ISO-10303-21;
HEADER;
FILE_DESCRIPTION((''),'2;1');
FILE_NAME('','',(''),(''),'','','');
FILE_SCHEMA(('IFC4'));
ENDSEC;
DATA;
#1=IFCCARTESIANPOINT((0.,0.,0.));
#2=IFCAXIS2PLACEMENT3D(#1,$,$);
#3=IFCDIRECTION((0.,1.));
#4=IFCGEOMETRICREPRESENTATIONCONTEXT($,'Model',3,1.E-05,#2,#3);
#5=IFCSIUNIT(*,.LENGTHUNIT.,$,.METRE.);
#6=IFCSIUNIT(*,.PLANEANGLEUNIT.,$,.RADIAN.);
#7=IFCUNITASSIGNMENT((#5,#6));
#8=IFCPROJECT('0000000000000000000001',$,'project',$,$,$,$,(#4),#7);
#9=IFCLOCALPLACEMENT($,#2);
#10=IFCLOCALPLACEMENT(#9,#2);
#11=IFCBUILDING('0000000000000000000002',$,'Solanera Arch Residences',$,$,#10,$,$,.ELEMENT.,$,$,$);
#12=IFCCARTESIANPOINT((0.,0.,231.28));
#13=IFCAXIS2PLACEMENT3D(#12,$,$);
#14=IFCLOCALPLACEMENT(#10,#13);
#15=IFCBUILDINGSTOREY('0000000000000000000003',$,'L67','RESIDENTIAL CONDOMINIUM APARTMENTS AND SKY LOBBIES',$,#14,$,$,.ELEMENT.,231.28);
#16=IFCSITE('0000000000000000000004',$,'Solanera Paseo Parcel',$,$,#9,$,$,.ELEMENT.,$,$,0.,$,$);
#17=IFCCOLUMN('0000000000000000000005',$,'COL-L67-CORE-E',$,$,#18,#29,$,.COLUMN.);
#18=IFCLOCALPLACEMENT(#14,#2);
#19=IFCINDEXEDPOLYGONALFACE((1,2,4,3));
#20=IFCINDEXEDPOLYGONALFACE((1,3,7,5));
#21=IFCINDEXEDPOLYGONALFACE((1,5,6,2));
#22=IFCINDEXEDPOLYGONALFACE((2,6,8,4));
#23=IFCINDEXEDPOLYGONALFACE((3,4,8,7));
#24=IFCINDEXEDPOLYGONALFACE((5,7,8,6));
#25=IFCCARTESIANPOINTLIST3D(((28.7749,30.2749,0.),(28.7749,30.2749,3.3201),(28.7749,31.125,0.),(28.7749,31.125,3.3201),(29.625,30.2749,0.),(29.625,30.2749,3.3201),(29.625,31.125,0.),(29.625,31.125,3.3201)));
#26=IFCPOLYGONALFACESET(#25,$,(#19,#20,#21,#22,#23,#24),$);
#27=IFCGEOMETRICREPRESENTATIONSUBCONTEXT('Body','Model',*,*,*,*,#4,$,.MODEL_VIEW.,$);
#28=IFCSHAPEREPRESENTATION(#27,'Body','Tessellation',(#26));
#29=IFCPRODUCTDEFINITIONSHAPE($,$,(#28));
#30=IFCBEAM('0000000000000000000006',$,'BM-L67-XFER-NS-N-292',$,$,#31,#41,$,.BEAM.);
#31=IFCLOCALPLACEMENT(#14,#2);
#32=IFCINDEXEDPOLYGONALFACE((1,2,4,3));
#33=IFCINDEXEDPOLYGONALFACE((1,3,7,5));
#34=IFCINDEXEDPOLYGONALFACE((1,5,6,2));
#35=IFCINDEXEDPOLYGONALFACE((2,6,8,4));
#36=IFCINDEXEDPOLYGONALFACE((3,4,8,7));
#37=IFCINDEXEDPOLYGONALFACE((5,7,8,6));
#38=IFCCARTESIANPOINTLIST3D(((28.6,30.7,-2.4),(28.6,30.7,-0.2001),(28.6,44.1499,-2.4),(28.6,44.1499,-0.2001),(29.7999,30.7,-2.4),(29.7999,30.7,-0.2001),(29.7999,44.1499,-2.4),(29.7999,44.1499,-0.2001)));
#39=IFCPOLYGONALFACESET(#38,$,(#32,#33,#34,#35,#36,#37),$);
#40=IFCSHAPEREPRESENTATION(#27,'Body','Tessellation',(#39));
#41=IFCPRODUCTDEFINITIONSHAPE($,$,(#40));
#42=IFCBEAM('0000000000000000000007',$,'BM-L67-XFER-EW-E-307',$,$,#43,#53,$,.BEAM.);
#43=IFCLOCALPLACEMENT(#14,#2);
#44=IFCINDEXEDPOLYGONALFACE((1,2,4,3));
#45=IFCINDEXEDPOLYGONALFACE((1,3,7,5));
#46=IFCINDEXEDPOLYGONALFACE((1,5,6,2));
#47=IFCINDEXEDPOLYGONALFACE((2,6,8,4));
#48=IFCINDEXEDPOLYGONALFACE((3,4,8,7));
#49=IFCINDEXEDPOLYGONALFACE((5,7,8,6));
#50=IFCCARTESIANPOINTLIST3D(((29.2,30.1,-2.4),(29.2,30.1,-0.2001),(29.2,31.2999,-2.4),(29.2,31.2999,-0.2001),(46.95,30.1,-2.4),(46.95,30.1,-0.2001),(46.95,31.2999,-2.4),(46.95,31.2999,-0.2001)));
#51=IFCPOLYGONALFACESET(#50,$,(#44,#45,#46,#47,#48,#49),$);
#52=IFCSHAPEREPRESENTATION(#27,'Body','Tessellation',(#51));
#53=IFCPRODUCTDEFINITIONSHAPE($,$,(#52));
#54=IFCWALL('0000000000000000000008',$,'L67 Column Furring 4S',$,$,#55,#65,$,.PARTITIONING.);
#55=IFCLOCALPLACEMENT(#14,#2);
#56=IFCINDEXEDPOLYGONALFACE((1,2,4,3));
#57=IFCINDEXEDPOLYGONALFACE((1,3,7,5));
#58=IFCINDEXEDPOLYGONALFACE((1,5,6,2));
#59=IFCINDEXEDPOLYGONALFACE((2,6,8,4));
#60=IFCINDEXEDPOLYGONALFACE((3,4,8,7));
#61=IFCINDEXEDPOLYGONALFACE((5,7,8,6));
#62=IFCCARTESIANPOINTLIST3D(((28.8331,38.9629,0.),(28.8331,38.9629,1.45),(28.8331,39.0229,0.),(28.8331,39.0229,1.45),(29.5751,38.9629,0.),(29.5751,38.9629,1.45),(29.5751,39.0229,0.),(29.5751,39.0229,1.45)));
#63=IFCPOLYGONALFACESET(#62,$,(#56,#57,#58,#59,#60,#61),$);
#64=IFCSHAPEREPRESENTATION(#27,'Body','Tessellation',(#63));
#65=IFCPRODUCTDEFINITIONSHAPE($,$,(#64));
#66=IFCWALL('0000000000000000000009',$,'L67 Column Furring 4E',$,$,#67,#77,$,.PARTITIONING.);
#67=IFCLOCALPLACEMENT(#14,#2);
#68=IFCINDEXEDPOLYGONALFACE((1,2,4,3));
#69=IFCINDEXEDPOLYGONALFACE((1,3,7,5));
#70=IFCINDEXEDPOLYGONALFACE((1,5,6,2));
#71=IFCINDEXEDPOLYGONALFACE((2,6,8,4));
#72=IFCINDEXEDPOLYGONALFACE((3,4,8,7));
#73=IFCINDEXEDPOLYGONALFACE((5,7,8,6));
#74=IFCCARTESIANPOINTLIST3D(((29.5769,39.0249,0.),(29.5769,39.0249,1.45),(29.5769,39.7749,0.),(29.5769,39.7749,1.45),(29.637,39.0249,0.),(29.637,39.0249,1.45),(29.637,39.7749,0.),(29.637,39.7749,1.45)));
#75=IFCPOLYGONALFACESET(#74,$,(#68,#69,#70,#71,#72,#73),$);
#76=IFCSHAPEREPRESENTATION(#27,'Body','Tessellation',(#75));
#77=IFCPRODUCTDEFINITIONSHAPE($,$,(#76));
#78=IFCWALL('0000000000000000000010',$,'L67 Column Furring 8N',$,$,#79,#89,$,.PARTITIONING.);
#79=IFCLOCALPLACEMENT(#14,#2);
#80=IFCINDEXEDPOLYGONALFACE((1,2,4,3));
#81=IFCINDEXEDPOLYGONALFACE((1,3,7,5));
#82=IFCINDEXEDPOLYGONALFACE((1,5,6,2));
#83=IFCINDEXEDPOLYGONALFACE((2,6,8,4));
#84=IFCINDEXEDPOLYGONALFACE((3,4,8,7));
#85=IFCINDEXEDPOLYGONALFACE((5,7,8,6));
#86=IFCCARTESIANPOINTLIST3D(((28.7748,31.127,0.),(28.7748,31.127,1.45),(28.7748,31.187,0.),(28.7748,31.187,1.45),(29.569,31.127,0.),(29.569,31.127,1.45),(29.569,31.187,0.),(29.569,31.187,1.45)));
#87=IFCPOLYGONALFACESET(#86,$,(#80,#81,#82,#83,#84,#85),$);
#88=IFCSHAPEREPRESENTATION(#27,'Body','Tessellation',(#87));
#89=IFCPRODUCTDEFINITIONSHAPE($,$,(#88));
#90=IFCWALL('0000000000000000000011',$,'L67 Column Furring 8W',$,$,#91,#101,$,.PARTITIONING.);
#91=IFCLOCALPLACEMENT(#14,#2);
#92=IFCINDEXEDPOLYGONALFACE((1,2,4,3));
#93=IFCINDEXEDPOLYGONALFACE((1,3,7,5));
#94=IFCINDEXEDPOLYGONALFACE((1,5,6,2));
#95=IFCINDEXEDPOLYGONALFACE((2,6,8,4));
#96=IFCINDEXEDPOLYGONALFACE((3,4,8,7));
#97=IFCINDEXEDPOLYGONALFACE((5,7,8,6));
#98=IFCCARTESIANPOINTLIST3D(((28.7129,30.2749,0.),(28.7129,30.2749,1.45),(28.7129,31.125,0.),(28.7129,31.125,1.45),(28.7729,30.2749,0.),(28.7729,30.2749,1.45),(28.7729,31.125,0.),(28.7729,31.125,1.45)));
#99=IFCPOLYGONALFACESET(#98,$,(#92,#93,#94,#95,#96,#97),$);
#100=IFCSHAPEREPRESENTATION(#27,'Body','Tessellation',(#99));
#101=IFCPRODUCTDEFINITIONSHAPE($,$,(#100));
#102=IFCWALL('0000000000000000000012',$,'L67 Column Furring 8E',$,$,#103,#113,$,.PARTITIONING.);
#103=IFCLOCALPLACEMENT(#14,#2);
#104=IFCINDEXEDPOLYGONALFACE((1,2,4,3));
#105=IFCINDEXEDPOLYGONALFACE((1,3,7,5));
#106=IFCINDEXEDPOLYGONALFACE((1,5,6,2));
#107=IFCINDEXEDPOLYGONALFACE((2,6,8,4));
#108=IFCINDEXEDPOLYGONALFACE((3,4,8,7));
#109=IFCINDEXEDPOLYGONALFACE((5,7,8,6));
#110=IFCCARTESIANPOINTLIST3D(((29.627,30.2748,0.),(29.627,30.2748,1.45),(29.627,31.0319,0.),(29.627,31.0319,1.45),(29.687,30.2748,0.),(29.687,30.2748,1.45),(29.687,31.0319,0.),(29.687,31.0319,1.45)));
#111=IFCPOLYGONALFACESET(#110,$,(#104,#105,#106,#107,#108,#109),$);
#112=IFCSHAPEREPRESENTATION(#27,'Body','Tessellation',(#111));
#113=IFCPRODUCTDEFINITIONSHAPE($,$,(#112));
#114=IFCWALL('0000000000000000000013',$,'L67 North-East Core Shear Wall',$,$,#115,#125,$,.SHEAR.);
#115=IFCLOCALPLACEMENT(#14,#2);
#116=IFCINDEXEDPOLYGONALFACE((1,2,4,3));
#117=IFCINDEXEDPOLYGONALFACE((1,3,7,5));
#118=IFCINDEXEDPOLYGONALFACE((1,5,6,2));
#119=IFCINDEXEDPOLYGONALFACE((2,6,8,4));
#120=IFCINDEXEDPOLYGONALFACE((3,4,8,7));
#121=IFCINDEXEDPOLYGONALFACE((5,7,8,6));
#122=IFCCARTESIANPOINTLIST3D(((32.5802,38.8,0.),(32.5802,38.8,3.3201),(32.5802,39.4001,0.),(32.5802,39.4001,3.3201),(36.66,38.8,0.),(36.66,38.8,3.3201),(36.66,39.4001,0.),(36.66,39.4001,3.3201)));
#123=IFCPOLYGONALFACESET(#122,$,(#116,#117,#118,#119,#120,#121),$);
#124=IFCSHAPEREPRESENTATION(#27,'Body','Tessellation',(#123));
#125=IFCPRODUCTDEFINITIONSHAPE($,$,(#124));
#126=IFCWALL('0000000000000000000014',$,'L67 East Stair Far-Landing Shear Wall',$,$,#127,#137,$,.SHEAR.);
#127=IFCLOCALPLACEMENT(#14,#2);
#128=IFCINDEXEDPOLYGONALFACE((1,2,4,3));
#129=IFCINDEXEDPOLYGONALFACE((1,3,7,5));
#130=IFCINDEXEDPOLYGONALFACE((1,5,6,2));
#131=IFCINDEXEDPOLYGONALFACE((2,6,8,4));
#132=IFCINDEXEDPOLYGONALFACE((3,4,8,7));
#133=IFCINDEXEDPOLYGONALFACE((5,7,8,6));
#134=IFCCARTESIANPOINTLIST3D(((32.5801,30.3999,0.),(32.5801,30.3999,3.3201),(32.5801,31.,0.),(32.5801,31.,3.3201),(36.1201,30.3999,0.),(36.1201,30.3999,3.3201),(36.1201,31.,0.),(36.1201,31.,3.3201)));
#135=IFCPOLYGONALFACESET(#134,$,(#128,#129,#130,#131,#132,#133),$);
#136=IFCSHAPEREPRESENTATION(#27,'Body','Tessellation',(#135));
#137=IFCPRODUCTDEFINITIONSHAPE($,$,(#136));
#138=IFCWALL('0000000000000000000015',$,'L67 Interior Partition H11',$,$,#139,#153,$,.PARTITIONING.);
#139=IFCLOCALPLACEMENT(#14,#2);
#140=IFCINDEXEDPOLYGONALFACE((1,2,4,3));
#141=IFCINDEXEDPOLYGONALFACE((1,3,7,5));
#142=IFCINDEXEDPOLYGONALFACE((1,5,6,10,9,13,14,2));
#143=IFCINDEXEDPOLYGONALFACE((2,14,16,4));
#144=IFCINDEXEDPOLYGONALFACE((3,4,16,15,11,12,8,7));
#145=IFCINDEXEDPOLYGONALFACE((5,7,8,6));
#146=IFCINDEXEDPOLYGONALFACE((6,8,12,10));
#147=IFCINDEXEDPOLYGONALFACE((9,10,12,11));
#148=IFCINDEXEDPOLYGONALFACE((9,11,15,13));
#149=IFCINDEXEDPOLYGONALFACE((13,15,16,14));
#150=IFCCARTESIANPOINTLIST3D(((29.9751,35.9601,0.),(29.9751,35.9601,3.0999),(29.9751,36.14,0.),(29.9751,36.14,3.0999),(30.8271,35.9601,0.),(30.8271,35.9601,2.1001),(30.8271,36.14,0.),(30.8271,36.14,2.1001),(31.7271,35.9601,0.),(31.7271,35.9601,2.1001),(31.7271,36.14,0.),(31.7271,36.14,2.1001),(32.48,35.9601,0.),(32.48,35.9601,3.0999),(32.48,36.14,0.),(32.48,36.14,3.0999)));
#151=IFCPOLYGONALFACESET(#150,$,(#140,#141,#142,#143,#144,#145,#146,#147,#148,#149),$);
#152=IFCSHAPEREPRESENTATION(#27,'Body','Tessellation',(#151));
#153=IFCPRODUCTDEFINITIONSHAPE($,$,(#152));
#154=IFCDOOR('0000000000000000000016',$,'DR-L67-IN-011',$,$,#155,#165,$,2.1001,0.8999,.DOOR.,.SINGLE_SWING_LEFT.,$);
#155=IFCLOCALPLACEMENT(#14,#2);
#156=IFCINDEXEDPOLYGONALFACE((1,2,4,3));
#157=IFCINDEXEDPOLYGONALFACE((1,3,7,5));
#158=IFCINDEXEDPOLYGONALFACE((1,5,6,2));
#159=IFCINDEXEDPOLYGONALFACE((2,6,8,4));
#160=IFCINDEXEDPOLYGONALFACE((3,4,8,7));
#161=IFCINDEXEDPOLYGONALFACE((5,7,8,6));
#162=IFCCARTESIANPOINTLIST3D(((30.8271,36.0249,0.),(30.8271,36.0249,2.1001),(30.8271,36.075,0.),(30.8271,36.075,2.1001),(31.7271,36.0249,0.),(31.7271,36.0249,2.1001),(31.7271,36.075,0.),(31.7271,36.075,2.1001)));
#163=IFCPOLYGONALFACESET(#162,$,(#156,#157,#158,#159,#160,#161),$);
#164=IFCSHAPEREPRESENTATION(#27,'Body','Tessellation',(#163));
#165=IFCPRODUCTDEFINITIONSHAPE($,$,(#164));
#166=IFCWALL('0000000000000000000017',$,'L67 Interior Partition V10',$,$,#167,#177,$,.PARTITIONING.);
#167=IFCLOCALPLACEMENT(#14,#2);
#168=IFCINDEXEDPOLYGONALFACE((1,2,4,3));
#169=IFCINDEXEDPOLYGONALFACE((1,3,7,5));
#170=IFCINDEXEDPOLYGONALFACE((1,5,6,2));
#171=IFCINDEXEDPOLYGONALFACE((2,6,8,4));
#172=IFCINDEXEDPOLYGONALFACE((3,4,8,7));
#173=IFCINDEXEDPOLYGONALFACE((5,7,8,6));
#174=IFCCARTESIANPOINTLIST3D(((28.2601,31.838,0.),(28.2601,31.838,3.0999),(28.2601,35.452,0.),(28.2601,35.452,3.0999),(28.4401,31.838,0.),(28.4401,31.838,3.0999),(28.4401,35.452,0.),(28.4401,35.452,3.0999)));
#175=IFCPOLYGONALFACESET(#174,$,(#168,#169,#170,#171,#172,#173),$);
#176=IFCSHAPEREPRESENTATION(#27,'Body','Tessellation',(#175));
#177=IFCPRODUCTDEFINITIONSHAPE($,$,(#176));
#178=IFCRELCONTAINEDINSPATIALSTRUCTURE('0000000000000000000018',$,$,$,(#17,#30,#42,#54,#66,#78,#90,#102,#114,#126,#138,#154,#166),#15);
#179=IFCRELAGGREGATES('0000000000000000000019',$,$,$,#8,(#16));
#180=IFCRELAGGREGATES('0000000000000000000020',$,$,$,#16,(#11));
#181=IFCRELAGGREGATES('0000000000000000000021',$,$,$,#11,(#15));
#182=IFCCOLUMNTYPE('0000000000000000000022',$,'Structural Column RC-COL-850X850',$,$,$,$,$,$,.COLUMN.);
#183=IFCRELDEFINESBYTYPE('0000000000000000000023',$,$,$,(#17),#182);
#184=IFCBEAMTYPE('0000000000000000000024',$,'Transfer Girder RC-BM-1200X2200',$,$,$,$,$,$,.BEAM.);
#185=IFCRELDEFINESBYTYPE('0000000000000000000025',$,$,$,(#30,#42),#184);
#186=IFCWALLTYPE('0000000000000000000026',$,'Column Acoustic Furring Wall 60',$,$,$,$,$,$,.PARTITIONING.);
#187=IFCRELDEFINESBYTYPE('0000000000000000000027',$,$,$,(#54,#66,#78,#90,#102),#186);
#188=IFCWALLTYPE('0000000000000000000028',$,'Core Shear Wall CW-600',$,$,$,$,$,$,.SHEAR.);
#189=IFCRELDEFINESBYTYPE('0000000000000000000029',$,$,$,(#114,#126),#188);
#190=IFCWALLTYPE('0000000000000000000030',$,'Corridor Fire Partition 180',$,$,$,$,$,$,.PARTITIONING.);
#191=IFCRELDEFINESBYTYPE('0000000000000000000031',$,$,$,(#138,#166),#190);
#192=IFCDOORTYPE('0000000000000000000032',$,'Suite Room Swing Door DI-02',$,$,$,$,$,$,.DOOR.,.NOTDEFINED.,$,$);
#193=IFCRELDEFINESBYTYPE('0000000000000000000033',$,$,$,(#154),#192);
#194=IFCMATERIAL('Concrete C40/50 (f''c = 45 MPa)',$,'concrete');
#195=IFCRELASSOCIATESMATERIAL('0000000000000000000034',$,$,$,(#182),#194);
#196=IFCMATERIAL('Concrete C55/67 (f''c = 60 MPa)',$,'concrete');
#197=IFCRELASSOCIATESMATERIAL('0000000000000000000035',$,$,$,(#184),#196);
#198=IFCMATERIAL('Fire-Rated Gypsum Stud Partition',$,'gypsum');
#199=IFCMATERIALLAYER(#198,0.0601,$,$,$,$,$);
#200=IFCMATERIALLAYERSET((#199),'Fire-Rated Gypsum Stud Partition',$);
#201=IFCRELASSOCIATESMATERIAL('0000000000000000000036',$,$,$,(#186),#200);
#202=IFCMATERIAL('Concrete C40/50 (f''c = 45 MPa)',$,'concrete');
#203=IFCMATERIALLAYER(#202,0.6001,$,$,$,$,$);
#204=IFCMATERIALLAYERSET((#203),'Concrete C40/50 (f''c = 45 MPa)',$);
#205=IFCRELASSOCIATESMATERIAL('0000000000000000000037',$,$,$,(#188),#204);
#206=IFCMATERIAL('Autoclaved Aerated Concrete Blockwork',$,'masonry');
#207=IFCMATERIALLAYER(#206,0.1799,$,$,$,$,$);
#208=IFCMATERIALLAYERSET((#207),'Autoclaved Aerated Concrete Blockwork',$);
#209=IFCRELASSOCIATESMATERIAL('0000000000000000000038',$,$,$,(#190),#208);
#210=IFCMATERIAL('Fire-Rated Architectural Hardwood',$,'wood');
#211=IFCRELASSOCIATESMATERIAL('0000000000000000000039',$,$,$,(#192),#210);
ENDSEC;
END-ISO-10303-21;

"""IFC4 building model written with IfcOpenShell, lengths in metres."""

from ifc_helpers import new_model, si_unit, direction, frame, frame_2d, origin, origin_2d, place, context, subcontext, project, spatial, rectangle, extrude, material, layer, layer_set, material_profile, profile_set, type_object, element, fill, save


model = new_model("IFC4")

# Units and contexts
model_context = context("Model", 3, precision=1e-05, world=origin(), true_north=direction((0.0, 1.0)))
body_context = subcontext(model_context, "Body", "Model", "MODEL_VIEW")
ifc_project = project(units=[si_unit("LENGTHUNIT", "METRE"), si_unit("PLANEANGLEUNIT", "RADIAN")], contexts=[model_context])

# Site, building, storey
site_placement = place(None, origin())
site = spatial("IfcSite", under=ifc_project, at=site_placement, Name="Solanera Paseo Parcel", CompositionType="ELEMENT", RefElevation=0.0)
building_placement = place(site_placement, origin())
building = spatial("IfcBuilding", under=site, at=building_placement, Name="Solanera Arch Residences", CompositionType="ELEMENT")
storey_placement = place(building_placement, frame((0.0, 0.0, 231.28)))
storey = spatial("IfcBuildingStorey", under=building, at=storey_placement, Name="L67", Description="RESIDENTIAL CONDOMINIUM APARTMENTS AND SKY LOBBIES", CompositionType="ELEMENT", Elevation=231.28)

# Column
ifc_material_1 = material(Name="Concrete C40/50 (f'c = 45 MPa)", Category="concrete")
ifc_material_profile_1 = material_profile(ifc_material_1, rectangle(XDim=0.8501, YDim=0.8501, at=origin_2d()))
ifc_profile_set_1 = profile_set([ifc_material_profile_1], Name="Concrete C40/50 (f'c = 45 MPa)")
column_type = type_object("IfcColumnType", Name="Structural Column RC-COL-850X850", PredefinedType="COLUMN", material=ifc_profile_set_1)
column_placement = place(storey_placement, frame((29.2, 30.7, 0.0), z_axis=(0.0, 0.0, 1.0), x_axis=(1.0, 0.0, 0.0)))
element("IfcColumn", 1, at=column_placement, inside=storey, type_object=column_type, Name="COL-L67-CORE-E", PredefinedType="COLUMN", context=body_context, shape_type="SweptSolid", body=[
    extrude(rectangle(XDim=0.8501, YDim=0.8501, at=origin_2d()), origin(), (0.0, 0.0, 1.0), 3.3201),
])

# Beams
ifc_material_2 = material(Name="Concrete C55/67 (f'c = 60 MPa)", Category="concrete")
ifc_material_profile_2 = material_profile(ifc_material_2, rectangle(XDim=1.2, YDim=2.2, at=origin_2d()))
ifc_profile_set_2 = profile_set([ifc_material_profile_2], Name="Concrete C55/67 (f'c = 60 MPa)")
beam_type = type_object("IfcBeamType", Name="Transfer Girder RC-BM-1200X2200", PredefinedType="BEAM", material=ifc_profile_set_2)
beam_1_placement = place(storey_placement, frame((29.2, 30.7, -1.3), z_axis=(0.0, 1.0, 0.0), x_axis=(-1.0, 0.0, 0.0)))
element("IfcBeam", 2, at=beam_1_placement, inside=storey, type_object=beam_type, Name="BM-L67-XFER-NS-N-292", PredefinedType="BEAM", context=body_context, shape_type="SweptSolid", body=[
    extrude(rectangle(XDim=1.2, YDim=2.2, at=origin_2d()), origin(), (0.0, 0.0, 1.0), 13.45),
])
beam_2_placement = place(storey_placement, frame((29.2, 30.7, -1.3), z_axis=(1.0, 0.0, 0.0), x_axis=(0.0, 1.0, 0.0)))
element("IfcBeam", 3, at=beam_2_placement, inside=storey, type_object=beam_type, Name="BM-L67-XFER-EW-E-307", PredefinedType="BEAM", context=body_context, shape_type="SweptSolid", body=[
    extrude(rectangle(XDim=1.2, YDim=2.2, at=origin_2d()), origin(), (0.0, 0.0, 1.0), 17.75),
])

# Walls
ifc_material_3 = material(Name="Fire-Rated Gypsum Stud Partition", Category="gypsum")
ifc_layer_1 = layer(ifc_material_3, 0.0601)
ifc_layer_set_1 = layer_set([ifc_layer_1], Name="Fire-Rated Gypsum Stud Partition")
wall_type_1 = type_object("IfcWallType", Name="Column Acoustic Furring Wall 60", PredefinedType="PARTITIONING", material=ifc_layer_set_1)
wall_1_placement = place(storey_placement, frame((28.833, 38.9929, 0.0), z_axis=(0.0, 0.0, 1.0), x_axis=(1.0, 0.0, 0.0)))
element("IfcWall", 4, at=wall_1_placement, inside=storey, type_object=wall_type_1, Name="L67 Column Furring 4S", PredefinedType="PARTITIONING", context=body_context, shape_type="SweptSolid", body=[
    extrude(rectangle(XDim=0.7419, YDim=0.0601, at=frame_2d((0.3711, 0.0))), origin(), (0.0, 0.0, 1.0), 1.45),
])
wall_2_placement = place(storey_placement, frame((29.6069, 39.0249, 0.0), z_axis=(0.0, 0.0, 1.0), x_axis=(0.0, 1.0, 0.0)))
element("IfcWall", 5, at=wall_2_placement, inside=storey, type_object=wall_type_1, Name="L67 Column Furring 4E", PredefinedType="PARTITIONING", context=body_context, shape_type="SweptSolid", body=[
    extrude(rectangle(XDim=0.75, YDim=0.0601, at=frame_2d((0.375, 0.0))), origin(), (0.0, 0.0, 1.0), 1.45),
])
wall_3_placement = place(storey_placement, frame((28.7749, 31.157, 0.0), z_axis=(0.0, 0.0, 1.0), x_axis=(1.0, 0.0, 0.0)))
element("IfcWall", 6, at=wall_3_placement, inside=storey, type_object=wall_type_1, Name="L67 Column Furring 8N", PredefinedType="PARTITIONING", context=body_context, shape_type="SweptSolid", body=[
    extrude(rectangle(XDim=0.7942, YDim=0.0601, at=frame_2d((0.397, 0.0))), origin(), (0.0, 0.0, 1.0), 1.45),
])
wall_4_placement = place(storey_placement, frame((28.7429, 30.2749, 0.0), z_axis=(0.0, 0.0, 1.0), x_axis=(0.0, 1.0, 0.0)))
element("IfcWall", 7, at=wall_4_placement, inside=storey, type_object=wall_type_1, Name="L67 Column Furring 8W", PredefinedType="PARTITIONING", context=body_context, shape_type="SweptSolid", body=[
    extrude(rectangle(XDim=0.8501, YDim=0.0601, at=frame_2d((0.425, 0.0))), origin(), (0.0, 0.0, 1.0), 1.45),
])
wall_5_placement = place(storey_placement, frame((29.657, 30.2749, 0.0), z_axis=(0.0, 0.0, 1.0), x_axis=(0.0, 1.0, 0.0)))
element("IfcWall", 8, at=wall_5_placement, inside=storey, type_object=wall_type_1, Name="L67 Column Furring 8E", PredefinedType="PARTITIONING", context=body_context, shape_type="SweptSolid", body=[
    extrude(rectangle(XDim=0.7571, YDim=0.0601, at=frame_2d((0.3784, 0.0))), origin(), (0.0, 0.0, 1.0), 1.45),
])

# Walls
ifc_material_4 = material(Name="Concrete C40/50 (f'c = 45 MPa)", Category="concrete")
ifc_layer_2 = layer(ifc_material_4, 0.6001)
ifc_layer_set_2 = layer_set([ifc_layer_2], Name="Concrete C40/50 (f'c = 45 MPa)")
wall_type_2 = type_object("IfcWallType", Name="Core Shear Wall CW-600", PredefinedType="SHEAR", material=ifc_layer_set_2)
wall_6_placement = place(storey_placement, frame((32.5801, 39.1001, 0.0), z_axis=(0.0, 0.0, 1.0), x_axis=(1.0, 0.0, 0.0)))
element("IfcWall", 9, at=wall_6_placement, inside=storey, type_object=wall_type_2, Name="L67 North-East Core Shear Wall", PredefinedType="SHEAR", context=body_context, shape_type="SweptSolid", body=[
    extrude(rectangle(XDim=4.0798, YDim=0.6001, at=frame_2d((2.04, 0.0))), origin(), (0.0, 0.0, 1.0), 3.3201),
])
wall_7_placement = place(storey_placement, frame((32.5801, 30.7, 0.0), z_axis=(0.0, 0.0, 1.0), x_axis=(1.0, 0.0, 0.0)))
element("IfcWall", 10, at=wall_7_placement, inside=storey, type_object=wall_type_2, Name="L67 East Stair Far-Landing Shear Wall", PredefinedType="SHEAR", context=body_context, shape_type="SweptSolid", body=[
    extrude(rectangle(XDim=3.54, YDim=0.6001, at=frame_2d((1.77, 0.0))), origin(), (0.0, 0.0, 1.0), 3.3201),
])

# Wall, opening, door
ifc_material_5 = material(Name="Autoclaved Aerated Concrete Blockwork", Category="masonry")
ifc_layer_3 = layer(ifc_material_5, 0.1799)
ifc_layer_set_3 = layer_set([ifc_layer_3], Name="Autoclaved Aerated Concrete Blockwork")
wall_type_3 = type_object("IfcWallType", Name="Corridor Fire Partition 180", PredefinedType="PARTITIONING", material=ifc_layer_set_3)
wall_8_placement = place(storey_placement, frame((29.9751, 36.05, 0.0), z_axis=(0.0, 0.0, 1.0), x_axis=(1.0, 0.0, 0.0)))
wall_8 = element("IfcWall", 11, at=wall_8_placement, inside=storey, type_object=wall_type_3, Name="L67 Interior Partition H11", PredefinedType="PARTITIONING", context=body_context, shape_type="SweptSolid", body=[
    extrude(rectangle(XDim=2.5049, YDim=0.1799, at=frame_2d((1.2524, 0.0))), origin(), (0.0, 0.0, 1.0), 3.0999),
])
opening_1_placement = place(wall_8_placement, frame((0.8521, 0.0, 0.0)))
opening_1 = element("IfcOpeningElement", 12, at=opening_1_placement, cuts=wall_8, PredefinedType="OPENING", context=body_context, shape_type="SweptSolid", body=[
    extrude(rectangle(XDim=0.8999, YDim=2.1001, at=frame_2d((0.45, 1.05))), frame((0.0, 0.1001, 0.0), z_axis=(0.0, -1.0, 0.0), x_axis=(1.0, 0.0, 0.0)), (0.0, 0.0, 1.0), 0.1999),
])
ifc_material_6 = material(Name="Fire-Rated Architectural Hardwood", Category="wood")
door_type_1 = type_object("IfcDoorType", Name="Suite Room Swing Door DI-02", OperationType="NOTDEFINED", PredefinedType="DOOR", material=ifc_material_6)
door_1_placement = place(opening_1_placement, origin())
door_1 = element("IfcDoor", 13, at=door_1_placement, inside=storey, type_object=door_type_1, Name="DR-L67-IN-011", OperationType="SINGLE_SWING_LEFT", OverallHeight=2.1001, OverallWidth=0.8999, PredefinedType="DOOR", context=body_context, shape_type="SweptSolid", body=[
    extrude(rectangle(XDim=0.8999, YDim=2.1001, at=frame_2d((0.45, 1.05))), frame((0.0, 0.0249, 0.0), z_axis=(0.0, -1.0, 0.0), x_axis=(1.0, 0.0, 0.0)), (0.0, 0.0, 1.0), 0.05),
])
fill(opening_1, door_1)

# Wall
wall_9_placement = place(storey_placement, frame((28.3501, 31.8379, 0.0), z_axis=(0.0, 0.0, 1.0), x_axis=(0.0, 1.0, 0.0)))
element("IfcWall", 14, at=wall_9_placement, inside=storey, type_object=wall_type_3, Name="L67 Interior Partition V10", PredefinedType="PARTITIONING", context=body_context, shape_type="SweptSolid", body=[
    extrude(rectangle(XDim=3.614, YDim=0.1799, at=frame_2d((1.8071, 0.0))), origin(), (0.0, 0.0, 1.0), 3.0999),
])

save(model, "model.ifc")
